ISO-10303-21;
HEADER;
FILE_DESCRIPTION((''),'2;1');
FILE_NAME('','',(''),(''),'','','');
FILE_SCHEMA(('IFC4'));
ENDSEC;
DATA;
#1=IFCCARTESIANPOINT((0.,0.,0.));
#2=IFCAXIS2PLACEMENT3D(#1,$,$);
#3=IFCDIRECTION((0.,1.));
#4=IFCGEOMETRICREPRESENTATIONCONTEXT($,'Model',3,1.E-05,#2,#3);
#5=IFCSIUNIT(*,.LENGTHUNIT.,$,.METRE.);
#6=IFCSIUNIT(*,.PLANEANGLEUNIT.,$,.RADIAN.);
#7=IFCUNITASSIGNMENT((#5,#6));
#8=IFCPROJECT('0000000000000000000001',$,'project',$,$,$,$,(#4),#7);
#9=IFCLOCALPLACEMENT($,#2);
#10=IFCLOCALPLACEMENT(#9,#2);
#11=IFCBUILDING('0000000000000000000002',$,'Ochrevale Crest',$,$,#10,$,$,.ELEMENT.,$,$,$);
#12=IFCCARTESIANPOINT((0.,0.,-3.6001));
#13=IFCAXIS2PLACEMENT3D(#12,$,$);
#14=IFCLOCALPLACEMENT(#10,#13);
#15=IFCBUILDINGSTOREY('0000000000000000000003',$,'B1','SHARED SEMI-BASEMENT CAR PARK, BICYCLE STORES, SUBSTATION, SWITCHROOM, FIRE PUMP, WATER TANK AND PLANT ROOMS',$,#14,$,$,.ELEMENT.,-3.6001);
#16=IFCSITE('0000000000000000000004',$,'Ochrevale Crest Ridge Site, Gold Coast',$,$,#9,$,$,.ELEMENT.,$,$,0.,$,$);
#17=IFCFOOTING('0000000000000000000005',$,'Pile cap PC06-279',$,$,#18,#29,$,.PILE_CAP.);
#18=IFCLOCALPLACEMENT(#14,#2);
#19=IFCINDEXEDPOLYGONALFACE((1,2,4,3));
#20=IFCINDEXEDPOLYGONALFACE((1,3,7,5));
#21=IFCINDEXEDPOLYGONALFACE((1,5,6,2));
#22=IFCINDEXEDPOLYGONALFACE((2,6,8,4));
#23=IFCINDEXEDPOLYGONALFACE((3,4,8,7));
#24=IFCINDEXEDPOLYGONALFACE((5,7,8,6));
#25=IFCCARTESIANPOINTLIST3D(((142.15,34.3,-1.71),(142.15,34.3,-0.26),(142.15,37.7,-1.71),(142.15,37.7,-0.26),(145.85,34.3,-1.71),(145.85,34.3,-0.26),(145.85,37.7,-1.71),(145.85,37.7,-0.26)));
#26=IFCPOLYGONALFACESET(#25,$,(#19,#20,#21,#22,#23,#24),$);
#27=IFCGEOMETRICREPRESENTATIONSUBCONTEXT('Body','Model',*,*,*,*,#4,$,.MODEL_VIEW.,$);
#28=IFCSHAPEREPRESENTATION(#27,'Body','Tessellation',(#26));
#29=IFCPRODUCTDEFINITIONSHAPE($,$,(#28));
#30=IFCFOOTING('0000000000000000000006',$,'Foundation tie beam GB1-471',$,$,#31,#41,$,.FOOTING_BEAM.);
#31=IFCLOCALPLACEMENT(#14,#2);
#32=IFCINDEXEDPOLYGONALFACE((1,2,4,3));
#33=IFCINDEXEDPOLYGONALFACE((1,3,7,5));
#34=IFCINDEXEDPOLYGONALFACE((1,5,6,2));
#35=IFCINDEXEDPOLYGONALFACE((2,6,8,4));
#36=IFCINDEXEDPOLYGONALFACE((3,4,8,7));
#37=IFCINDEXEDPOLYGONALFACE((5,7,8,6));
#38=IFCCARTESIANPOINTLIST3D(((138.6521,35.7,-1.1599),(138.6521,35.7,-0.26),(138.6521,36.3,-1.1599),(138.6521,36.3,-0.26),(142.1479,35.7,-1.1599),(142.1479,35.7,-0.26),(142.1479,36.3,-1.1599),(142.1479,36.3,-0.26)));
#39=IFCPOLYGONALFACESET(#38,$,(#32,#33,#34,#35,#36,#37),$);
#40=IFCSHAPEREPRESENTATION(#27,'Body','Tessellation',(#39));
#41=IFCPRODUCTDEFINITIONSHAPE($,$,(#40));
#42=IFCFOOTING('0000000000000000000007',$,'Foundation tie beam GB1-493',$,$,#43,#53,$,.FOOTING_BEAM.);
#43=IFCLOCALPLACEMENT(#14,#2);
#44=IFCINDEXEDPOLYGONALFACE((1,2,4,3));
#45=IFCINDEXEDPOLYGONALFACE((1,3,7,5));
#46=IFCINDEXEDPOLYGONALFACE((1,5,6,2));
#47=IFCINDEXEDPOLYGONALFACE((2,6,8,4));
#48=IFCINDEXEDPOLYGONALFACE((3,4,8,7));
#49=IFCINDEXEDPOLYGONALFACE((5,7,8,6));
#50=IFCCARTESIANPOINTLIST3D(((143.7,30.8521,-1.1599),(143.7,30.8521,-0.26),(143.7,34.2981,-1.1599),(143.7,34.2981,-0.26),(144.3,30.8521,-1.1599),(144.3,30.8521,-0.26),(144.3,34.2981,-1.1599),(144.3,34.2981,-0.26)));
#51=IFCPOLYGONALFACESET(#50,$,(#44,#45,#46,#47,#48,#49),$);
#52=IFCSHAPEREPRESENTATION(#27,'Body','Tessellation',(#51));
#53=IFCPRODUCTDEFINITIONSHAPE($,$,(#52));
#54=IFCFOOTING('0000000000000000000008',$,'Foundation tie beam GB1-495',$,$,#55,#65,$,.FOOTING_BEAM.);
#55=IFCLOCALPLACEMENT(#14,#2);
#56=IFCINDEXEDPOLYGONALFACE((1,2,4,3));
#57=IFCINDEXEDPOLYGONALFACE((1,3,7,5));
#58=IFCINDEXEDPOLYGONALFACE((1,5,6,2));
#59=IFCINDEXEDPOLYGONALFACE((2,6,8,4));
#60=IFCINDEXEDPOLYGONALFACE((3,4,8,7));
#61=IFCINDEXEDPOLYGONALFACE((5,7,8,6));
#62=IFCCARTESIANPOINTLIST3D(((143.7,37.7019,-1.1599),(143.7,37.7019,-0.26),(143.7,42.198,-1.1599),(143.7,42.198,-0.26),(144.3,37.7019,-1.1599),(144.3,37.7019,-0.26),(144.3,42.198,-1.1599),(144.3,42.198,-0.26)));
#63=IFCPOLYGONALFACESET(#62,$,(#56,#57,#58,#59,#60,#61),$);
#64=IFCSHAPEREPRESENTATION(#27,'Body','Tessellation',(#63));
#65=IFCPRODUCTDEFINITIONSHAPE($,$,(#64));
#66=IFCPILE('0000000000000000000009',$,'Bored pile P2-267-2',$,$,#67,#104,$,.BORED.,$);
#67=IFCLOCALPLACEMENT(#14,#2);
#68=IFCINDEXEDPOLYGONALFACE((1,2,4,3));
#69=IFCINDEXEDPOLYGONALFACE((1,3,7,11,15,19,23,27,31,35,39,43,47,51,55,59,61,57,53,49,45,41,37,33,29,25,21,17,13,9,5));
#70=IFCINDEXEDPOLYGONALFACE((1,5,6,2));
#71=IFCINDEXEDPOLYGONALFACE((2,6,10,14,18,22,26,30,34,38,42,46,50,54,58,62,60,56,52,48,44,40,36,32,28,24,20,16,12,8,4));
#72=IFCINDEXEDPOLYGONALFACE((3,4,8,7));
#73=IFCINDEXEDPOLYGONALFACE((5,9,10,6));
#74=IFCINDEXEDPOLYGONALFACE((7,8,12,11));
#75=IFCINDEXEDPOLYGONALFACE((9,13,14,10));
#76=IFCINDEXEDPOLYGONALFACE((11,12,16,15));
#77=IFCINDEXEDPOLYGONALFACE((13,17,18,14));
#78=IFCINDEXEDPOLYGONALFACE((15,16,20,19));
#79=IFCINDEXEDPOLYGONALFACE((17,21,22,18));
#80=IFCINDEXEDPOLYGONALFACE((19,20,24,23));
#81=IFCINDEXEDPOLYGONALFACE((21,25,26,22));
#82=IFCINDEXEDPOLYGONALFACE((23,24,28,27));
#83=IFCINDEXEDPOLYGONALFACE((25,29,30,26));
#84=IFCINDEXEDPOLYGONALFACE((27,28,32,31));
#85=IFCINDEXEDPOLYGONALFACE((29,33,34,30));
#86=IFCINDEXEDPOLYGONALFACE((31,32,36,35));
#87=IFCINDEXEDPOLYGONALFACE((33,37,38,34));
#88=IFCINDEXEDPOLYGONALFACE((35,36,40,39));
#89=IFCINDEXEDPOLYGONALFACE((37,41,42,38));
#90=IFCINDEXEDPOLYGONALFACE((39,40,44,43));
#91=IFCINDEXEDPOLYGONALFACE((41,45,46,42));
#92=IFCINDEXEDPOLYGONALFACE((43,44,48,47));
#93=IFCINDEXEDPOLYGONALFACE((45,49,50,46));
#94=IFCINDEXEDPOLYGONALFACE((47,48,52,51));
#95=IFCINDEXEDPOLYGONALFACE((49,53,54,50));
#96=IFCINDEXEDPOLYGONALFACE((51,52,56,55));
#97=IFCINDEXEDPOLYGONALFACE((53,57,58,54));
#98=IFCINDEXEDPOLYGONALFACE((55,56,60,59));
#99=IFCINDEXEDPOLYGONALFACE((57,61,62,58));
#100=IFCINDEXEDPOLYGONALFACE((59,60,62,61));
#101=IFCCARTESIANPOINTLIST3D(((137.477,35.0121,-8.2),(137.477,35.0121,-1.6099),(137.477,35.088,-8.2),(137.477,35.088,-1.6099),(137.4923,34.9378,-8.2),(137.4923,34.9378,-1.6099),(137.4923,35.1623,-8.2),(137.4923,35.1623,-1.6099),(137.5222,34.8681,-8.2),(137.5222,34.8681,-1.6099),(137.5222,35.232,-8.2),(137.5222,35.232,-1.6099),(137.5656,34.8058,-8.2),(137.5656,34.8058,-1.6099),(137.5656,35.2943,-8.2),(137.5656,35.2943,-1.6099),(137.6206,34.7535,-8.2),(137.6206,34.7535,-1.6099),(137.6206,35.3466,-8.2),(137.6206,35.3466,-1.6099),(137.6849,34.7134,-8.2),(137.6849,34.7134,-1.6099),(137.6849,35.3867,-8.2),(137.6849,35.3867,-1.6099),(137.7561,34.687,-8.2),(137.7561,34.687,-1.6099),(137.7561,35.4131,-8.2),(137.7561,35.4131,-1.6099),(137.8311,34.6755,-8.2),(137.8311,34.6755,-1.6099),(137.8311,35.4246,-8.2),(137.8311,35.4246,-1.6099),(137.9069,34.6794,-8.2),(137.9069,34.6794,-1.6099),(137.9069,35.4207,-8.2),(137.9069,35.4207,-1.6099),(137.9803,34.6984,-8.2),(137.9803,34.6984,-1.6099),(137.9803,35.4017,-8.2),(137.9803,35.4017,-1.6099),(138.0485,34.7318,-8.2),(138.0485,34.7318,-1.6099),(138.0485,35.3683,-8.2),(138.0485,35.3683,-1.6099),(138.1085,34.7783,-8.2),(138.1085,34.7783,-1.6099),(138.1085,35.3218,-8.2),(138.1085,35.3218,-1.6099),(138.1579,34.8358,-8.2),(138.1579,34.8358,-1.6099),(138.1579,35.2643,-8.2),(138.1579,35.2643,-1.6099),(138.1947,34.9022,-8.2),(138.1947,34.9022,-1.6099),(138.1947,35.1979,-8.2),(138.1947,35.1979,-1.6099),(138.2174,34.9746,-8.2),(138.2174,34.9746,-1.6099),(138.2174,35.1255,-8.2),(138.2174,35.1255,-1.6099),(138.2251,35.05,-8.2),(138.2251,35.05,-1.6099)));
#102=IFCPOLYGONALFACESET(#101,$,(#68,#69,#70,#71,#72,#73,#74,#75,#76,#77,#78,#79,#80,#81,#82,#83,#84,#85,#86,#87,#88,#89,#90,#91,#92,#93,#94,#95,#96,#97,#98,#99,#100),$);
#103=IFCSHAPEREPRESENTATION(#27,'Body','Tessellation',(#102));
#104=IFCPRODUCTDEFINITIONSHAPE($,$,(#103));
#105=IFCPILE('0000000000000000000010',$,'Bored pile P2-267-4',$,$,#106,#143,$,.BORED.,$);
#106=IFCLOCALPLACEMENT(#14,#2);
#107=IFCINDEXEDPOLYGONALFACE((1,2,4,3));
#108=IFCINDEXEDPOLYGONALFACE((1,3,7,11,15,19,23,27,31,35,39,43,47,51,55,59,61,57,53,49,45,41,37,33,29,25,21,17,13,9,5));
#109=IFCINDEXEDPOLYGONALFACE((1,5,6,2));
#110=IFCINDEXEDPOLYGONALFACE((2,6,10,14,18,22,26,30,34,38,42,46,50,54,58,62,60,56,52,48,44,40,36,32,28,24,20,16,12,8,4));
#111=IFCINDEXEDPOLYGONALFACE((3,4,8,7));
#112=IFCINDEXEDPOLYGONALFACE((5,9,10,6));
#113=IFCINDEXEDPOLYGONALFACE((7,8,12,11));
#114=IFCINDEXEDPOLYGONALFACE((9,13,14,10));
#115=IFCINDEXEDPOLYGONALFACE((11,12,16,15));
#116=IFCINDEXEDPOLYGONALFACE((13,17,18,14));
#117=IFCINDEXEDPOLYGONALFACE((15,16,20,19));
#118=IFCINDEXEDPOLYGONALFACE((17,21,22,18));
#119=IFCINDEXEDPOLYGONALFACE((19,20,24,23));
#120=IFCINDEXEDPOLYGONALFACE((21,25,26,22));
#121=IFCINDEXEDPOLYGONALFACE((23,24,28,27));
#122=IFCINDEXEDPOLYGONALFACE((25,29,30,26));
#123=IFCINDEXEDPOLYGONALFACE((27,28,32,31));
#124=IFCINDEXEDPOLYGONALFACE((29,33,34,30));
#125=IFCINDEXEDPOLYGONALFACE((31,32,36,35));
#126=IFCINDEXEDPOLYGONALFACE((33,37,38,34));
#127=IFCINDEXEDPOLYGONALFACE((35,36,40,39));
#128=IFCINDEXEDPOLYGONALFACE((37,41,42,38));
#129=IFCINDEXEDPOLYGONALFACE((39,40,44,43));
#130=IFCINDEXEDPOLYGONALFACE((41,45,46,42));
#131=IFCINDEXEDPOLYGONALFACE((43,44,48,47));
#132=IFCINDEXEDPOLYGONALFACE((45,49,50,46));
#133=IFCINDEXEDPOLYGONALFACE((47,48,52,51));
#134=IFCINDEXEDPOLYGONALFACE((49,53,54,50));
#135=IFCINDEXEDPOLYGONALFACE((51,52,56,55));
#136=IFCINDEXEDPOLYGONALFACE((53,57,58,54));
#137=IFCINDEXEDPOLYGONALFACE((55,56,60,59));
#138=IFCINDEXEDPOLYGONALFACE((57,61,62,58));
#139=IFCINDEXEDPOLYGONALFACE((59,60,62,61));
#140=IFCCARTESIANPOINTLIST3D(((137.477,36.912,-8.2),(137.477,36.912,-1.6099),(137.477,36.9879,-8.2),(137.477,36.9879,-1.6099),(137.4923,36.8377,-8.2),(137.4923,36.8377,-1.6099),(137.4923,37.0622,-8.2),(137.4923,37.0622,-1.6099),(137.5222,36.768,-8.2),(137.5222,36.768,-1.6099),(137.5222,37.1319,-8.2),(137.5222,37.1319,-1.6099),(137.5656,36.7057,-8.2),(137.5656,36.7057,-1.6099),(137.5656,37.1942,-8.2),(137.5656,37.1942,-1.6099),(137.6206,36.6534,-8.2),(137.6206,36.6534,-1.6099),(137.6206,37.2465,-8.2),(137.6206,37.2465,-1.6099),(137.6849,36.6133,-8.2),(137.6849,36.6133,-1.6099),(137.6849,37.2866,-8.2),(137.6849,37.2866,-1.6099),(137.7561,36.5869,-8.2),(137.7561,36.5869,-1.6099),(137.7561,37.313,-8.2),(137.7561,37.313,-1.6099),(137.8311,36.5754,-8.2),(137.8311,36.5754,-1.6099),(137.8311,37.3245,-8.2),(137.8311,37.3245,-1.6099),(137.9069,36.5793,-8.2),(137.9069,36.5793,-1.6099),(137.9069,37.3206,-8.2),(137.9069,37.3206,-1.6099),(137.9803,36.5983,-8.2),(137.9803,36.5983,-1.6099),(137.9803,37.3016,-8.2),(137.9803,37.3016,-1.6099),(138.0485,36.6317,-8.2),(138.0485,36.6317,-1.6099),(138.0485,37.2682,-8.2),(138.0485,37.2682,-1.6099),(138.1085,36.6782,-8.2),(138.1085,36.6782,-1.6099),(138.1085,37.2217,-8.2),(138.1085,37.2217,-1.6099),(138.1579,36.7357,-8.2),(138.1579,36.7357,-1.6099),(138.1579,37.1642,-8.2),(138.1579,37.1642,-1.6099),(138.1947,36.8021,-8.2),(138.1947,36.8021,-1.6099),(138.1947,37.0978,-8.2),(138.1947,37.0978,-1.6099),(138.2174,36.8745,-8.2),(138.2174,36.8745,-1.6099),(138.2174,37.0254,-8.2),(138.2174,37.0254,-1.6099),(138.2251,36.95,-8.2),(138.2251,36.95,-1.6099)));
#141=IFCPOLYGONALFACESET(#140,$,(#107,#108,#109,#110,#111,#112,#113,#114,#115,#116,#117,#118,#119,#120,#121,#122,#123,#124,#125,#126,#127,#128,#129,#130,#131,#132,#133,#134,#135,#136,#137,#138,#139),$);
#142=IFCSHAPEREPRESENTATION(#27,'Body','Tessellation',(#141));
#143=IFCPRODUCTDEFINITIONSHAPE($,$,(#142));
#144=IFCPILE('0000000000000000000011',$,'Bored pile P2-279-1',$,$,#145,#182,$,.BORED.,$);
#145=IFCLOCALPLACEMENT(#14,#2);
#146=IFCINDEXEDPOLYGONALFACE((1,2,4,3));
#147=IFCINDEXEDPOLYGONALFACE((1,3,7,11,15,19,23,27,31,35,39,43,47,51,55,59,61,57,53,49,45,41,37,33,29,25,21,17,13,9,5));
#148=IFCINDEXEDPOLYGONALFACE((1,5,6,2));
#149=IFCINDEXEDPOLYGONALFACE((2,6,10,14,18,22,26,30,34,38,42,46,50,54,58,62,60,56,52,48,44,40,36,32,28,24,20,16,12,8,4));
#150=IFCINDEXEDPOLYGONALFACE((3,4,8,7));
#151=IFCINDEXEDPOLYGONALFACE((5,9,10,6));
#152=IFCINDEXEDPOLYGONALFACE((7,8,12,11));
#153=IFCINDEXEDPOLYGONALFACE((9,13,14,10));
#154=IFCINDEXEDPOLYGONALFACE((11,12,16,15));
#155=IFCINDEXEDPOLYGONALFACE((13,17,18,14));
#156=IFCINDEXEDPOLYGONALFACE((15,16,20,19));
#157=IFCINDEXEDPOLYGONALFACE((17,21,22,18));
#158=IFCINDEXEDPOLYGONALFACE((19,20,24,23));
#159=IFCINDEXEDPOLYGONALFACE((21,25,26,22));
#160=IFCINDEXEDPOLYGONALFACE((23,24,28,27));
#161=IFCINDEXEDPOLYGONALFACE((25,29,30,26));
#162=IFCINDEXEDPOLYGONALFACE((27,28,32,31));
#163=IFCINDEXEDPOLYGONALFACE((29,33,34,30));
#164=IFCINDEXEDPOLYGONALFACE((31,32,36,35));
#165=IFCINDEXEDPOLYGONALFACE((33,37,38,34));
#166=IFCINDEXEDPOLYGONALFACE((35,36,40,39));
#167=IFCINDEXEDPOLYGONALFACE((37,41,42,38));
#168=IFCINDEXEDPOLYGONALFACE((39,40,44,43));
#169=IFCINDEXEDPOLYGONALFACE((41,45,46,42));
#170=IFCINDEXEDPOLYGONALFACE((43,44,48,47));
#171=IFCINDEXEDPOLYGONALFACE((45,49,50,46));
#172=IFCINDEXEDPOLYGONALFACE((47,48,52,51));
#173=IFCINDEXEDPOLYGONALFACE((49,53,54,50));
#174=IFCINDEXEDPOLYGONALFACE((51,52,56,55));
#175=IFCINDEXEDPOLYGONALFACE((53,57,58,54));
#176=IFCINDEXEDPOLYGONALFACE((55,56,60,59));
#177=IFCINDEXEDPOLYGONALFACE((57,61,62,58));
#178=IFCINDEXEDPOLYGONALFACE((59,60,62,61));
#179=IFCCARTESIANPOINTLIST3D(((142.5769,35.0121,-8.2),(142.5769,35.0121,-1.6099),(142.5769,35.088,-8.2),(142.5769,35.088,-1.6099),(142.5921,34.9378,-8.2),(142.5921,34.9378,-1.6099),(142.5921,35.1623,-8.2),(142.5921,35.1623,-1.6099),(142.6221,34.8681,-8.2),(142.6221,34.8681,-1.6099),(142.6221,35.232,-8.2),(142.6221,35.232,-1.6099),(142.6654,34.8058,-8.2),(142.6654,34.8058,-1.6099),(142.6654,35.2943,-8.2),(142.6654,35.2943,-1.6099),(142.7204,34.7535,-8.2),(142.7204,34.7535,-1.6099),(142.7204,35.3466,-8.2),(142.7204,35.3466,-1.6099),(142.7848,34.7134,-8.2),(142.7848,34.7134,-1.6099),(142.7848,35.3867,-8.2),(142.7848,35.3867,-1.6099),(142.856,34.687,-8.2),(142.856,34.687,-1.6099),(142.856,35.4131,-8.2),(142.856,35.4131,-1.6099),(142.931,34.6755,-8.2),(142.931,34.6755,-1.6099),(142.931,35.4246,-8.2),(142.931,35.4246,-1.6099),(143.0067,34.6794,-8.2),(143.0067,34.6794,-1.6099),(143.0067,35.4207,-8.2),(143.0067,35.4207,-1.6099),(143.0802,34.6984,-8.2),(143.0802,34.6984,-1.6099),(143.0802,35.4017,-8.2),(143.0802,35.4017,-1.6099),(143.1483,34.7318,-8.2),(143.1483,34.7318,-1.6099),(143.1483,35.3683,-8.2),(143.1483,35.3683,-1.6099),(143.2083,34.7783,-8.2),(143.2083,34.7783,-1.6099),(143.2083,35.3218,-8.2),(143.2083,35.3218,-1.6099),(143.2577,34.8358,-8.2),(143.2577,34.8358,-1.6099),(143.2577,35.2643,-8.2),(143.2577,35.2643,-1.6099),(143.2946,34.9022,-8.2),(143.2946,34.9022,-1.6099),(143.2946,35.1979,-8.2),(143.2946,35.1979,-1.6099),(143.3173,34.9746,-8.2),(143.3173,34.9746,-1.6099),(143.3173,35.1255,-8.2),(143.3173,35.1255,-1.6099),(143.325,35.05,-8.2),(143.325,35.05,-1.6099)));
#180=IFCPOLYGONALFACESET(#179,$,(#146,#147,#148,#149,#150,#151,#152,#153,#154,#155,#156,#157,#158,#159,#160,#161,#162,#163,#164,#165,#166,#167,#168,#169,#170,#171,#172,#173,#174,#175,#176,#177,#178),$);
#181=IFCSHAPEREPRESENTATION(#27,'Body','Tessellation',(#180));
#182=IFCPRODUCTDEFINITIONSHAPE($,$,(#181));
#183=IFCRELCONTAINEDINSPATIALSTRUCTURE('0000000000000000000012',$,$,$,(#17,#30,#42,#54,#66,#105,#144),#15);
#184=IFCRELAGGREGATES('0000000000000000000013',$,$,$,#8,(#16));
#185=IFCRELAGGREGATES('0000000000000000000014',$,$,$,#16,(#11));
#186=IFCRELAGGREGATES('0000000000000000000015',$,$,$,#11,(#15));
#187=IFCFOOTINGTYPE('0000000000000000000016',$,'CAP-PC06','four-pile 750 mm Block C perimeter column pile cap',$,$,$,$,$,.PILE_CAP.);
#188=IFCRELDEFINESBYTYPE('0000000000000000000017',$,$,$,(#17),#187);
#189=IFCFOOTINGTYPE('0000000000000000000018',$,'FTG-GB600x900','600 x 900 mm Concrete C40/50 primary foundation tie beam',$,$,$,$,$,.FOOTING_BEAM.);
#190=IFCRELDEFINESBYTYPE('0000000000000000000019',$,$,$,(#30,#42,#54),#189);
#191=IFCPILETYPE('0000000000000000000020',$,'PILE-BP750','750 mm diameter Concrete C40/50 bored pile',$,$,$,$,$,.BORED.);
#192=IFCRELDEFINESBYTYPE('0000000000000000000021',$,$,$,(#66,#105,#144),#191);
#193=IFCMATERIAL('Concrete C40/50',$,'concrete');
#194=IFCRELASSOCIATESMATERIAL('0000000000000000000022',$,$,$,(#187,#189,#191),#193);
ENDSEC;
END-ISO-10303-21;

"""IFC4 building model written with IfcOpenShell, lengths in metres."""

from ifc_helpers import new_model, si_unit, direction, frame, origin, origin_2d, place, context, subcontext, project, spatial, rectangle, circle, extrude, material, material_profile, profile_set, type_object, element, save


model = new_model("IFC4")

# Units and contexts
model_context = context("Model", 3, precision=1e-05, world=origin(), true_north=direction((0.0, 1.0)))
body_context = subcontext(model_context, "Body", "Model", "MODEL_VIEW")
ifc_project = project(units=[si_unit("LENGTHUNIT", "METRE"), si_unit("PLANEANGLEUNIT", "RADIAN")], contexts=[model_context])

# Site, building, storey
site_placement = place(None, origin())
site = spatial("IfcSite", under=ifc_project, at=site_placement, Name="Ochrevale Crest Ridge Site, Gold Coast", CompositionType="ELEMENT", RefElevation=0.0)
building_placement = place(site_placement, origin())
building = spatial("IfcBuilding", under=site, at=building_placement, Name="Ochrevale Crest", CompositionType="ELEMENT")
storey_placement = place(building_placement, frame((0.0, 0.0, -3.6001)))
storey = spatial("IfcBuildingStorey", under=building, at=storey_placement, Name="B1", Description="SHARED SEMI-BASEMENT CAR PARK, BICYCLE STORES, SUBSTATION, SWITCHROOM, FIRE PUMP, WATER TANK AND PLANT ROOMS", CompositionType="ELEMENT", Elevation=-3.6001)

# Footings
ifc_material_1 = material(Name="Concrete C40/50", Category="concrete")
footing_type_1 = type_object("IfcFootingType", Name="CAP-PC06", Description="four-pile 750 mm Block C perimeter column pile cap", PredefinedType="PILE_CAP", material=ifc_material_1)
footing_1_placement = place(storey_placement, frame((144.0, 36.0, -1.71), z_axis=(0.0, 0.0, 1.0), x_axis=(1.0, 0.0, 0.0)))
element("IfcFooting", 1, at=footing_1_placement, inside=storey, type_object=footing_type_1, Name="Pile cap PC06-279", PredefinedType="PILE_CAP", context=body_context, shape_type="SweptSolid", body=[
    extrude(rectangle(XDim=3.7, YDim=3.3999, at=origin_2d()), origin(), (0.0, 0.0, 1.0), 1.45),
])
ifc_material_profile_1 = material_profile(ifc_material_1, rectangle(XDim=0.6001, YDim=0.8999, at=origin_2d()), Name="GB 600x900")
ifc_profile_set_1 = profile_set([ifc_material_profile_1], Name="Concrete C40/50")
footing_type_2 = type_object("IfcFootingType", Name="FTG-GB600x900", Description="600 x 900 mm Concrete C40/50 primary foundation tie beam", PredefinedType="FOOTING_BEAM", material=ifc_profile_set_1)
footing_2_placement = place(storey_placement, frame((138.6521, 36.0, -0.71), z_axis=(1.0, 0.0, 0.0), x_axis=(0.0, 1.0, 0.0)))
element("IfcFooting", 2, at=footing_2_placement, inside=storey, type_object=footing_type_2, Name="Foundation tie beam GB1-471", PredefinedType="FOOTING_BEAM", context=body_context, shape_type="SweptSolid", body=[
    extrude(rectangle(XDim=0.6001, YDim=0.8999, at=origin_2d()), origin(), (0.0, 0.0, 1.0), 3.4958),
])
footing_3_placement = place(storey_placement, frame((144.0, 30.8521, -0.71), z_axis=(0.0, 1.0, 0.0), x_axis=(-1.0, 0.0, 0.0)))
element("IfcFooting", 3, at=footing_3_placement, inside=storey, type_object=footing_type_2, Name="Foundation tie beam GB1-493", PredefinedType="FOOTING_BEAM", context=body_context, shape_type="SweptSolid", body=[
    extrude(rectangle(XDim=0.6001, YDim=0.8999, at=origin_2d()), origin(), (0.0, 0.0, 1.0), 3.446),
])
footing_4_placement = place(storey_placement, frame((144.0, 37.7019, -0.71), z_axis=(0.0, 1.0, 0.0), x_axis=(-1.0, 0.0, 0.0)))
element("IfcFooting", 4, at=footing_4_placement, inside=storey, type_object=footing_type_2, Name="Foundation tie beam GB1-495", PredefinedType="FOOTING_BEAM", context=body_context, shape_type="SweptSolid", body=[
    extrude(rectangle(XDim=0.6001, YDim=0.8999, at=origin_2d()), origin(), (0.0, 0.0, 1.0), 4.4961),
])

# Piles
ifc_material_profile_2 = material_profile(ifc_material_1, circle(Radius=0.375, at=origin_2d()), Name="BORED PILE 750")
ifc_profile_set_2 = profile_set([ifc_material_profile_2], Name="Concrete C40/50")
pile_type_1 = type_object("IfcPileType", Name="PILE-BP750", Description="750 mm diameter Concrete C40/50 bored pile", PredefinedType="BORED", material=ifc_profile_set_2)
for number, where, z_axis, x_axis, name in (
    (5, (137.8501, 35.05, -1.6099), (0.0, 0.0, -1.0), (1.0, 0.0, 0.0), "Bored pile P2-267-2"),
    (6, (137.8501, 36.95, -1.6099), (0.0, 0.0, -1.0), (1.0, 0.0, 0.0), "Bored pile P2-267-4"),
    (7, (142.95, 35.05, -1.6099), (0.0, 0.0, -1.0), (1.0, 0.0, 0.0), "Bored pile P2-279-1"),
):
    element("IfcPile", number, at=place(storey_placement, frame(where, z_axis=z_axis, x_axis=x_axis)), inside=storey, type_object=pile_type_1, Name=name, PredefinedType="BORED", context=body_context, shape_type="SweptSolid", body=[
        extrude(circle(Radius=0.375, at=origin_2d()), origin(), (0.0, 0.0, 1.0), 6.5901),
    ])

save(model, "model.ifc")
